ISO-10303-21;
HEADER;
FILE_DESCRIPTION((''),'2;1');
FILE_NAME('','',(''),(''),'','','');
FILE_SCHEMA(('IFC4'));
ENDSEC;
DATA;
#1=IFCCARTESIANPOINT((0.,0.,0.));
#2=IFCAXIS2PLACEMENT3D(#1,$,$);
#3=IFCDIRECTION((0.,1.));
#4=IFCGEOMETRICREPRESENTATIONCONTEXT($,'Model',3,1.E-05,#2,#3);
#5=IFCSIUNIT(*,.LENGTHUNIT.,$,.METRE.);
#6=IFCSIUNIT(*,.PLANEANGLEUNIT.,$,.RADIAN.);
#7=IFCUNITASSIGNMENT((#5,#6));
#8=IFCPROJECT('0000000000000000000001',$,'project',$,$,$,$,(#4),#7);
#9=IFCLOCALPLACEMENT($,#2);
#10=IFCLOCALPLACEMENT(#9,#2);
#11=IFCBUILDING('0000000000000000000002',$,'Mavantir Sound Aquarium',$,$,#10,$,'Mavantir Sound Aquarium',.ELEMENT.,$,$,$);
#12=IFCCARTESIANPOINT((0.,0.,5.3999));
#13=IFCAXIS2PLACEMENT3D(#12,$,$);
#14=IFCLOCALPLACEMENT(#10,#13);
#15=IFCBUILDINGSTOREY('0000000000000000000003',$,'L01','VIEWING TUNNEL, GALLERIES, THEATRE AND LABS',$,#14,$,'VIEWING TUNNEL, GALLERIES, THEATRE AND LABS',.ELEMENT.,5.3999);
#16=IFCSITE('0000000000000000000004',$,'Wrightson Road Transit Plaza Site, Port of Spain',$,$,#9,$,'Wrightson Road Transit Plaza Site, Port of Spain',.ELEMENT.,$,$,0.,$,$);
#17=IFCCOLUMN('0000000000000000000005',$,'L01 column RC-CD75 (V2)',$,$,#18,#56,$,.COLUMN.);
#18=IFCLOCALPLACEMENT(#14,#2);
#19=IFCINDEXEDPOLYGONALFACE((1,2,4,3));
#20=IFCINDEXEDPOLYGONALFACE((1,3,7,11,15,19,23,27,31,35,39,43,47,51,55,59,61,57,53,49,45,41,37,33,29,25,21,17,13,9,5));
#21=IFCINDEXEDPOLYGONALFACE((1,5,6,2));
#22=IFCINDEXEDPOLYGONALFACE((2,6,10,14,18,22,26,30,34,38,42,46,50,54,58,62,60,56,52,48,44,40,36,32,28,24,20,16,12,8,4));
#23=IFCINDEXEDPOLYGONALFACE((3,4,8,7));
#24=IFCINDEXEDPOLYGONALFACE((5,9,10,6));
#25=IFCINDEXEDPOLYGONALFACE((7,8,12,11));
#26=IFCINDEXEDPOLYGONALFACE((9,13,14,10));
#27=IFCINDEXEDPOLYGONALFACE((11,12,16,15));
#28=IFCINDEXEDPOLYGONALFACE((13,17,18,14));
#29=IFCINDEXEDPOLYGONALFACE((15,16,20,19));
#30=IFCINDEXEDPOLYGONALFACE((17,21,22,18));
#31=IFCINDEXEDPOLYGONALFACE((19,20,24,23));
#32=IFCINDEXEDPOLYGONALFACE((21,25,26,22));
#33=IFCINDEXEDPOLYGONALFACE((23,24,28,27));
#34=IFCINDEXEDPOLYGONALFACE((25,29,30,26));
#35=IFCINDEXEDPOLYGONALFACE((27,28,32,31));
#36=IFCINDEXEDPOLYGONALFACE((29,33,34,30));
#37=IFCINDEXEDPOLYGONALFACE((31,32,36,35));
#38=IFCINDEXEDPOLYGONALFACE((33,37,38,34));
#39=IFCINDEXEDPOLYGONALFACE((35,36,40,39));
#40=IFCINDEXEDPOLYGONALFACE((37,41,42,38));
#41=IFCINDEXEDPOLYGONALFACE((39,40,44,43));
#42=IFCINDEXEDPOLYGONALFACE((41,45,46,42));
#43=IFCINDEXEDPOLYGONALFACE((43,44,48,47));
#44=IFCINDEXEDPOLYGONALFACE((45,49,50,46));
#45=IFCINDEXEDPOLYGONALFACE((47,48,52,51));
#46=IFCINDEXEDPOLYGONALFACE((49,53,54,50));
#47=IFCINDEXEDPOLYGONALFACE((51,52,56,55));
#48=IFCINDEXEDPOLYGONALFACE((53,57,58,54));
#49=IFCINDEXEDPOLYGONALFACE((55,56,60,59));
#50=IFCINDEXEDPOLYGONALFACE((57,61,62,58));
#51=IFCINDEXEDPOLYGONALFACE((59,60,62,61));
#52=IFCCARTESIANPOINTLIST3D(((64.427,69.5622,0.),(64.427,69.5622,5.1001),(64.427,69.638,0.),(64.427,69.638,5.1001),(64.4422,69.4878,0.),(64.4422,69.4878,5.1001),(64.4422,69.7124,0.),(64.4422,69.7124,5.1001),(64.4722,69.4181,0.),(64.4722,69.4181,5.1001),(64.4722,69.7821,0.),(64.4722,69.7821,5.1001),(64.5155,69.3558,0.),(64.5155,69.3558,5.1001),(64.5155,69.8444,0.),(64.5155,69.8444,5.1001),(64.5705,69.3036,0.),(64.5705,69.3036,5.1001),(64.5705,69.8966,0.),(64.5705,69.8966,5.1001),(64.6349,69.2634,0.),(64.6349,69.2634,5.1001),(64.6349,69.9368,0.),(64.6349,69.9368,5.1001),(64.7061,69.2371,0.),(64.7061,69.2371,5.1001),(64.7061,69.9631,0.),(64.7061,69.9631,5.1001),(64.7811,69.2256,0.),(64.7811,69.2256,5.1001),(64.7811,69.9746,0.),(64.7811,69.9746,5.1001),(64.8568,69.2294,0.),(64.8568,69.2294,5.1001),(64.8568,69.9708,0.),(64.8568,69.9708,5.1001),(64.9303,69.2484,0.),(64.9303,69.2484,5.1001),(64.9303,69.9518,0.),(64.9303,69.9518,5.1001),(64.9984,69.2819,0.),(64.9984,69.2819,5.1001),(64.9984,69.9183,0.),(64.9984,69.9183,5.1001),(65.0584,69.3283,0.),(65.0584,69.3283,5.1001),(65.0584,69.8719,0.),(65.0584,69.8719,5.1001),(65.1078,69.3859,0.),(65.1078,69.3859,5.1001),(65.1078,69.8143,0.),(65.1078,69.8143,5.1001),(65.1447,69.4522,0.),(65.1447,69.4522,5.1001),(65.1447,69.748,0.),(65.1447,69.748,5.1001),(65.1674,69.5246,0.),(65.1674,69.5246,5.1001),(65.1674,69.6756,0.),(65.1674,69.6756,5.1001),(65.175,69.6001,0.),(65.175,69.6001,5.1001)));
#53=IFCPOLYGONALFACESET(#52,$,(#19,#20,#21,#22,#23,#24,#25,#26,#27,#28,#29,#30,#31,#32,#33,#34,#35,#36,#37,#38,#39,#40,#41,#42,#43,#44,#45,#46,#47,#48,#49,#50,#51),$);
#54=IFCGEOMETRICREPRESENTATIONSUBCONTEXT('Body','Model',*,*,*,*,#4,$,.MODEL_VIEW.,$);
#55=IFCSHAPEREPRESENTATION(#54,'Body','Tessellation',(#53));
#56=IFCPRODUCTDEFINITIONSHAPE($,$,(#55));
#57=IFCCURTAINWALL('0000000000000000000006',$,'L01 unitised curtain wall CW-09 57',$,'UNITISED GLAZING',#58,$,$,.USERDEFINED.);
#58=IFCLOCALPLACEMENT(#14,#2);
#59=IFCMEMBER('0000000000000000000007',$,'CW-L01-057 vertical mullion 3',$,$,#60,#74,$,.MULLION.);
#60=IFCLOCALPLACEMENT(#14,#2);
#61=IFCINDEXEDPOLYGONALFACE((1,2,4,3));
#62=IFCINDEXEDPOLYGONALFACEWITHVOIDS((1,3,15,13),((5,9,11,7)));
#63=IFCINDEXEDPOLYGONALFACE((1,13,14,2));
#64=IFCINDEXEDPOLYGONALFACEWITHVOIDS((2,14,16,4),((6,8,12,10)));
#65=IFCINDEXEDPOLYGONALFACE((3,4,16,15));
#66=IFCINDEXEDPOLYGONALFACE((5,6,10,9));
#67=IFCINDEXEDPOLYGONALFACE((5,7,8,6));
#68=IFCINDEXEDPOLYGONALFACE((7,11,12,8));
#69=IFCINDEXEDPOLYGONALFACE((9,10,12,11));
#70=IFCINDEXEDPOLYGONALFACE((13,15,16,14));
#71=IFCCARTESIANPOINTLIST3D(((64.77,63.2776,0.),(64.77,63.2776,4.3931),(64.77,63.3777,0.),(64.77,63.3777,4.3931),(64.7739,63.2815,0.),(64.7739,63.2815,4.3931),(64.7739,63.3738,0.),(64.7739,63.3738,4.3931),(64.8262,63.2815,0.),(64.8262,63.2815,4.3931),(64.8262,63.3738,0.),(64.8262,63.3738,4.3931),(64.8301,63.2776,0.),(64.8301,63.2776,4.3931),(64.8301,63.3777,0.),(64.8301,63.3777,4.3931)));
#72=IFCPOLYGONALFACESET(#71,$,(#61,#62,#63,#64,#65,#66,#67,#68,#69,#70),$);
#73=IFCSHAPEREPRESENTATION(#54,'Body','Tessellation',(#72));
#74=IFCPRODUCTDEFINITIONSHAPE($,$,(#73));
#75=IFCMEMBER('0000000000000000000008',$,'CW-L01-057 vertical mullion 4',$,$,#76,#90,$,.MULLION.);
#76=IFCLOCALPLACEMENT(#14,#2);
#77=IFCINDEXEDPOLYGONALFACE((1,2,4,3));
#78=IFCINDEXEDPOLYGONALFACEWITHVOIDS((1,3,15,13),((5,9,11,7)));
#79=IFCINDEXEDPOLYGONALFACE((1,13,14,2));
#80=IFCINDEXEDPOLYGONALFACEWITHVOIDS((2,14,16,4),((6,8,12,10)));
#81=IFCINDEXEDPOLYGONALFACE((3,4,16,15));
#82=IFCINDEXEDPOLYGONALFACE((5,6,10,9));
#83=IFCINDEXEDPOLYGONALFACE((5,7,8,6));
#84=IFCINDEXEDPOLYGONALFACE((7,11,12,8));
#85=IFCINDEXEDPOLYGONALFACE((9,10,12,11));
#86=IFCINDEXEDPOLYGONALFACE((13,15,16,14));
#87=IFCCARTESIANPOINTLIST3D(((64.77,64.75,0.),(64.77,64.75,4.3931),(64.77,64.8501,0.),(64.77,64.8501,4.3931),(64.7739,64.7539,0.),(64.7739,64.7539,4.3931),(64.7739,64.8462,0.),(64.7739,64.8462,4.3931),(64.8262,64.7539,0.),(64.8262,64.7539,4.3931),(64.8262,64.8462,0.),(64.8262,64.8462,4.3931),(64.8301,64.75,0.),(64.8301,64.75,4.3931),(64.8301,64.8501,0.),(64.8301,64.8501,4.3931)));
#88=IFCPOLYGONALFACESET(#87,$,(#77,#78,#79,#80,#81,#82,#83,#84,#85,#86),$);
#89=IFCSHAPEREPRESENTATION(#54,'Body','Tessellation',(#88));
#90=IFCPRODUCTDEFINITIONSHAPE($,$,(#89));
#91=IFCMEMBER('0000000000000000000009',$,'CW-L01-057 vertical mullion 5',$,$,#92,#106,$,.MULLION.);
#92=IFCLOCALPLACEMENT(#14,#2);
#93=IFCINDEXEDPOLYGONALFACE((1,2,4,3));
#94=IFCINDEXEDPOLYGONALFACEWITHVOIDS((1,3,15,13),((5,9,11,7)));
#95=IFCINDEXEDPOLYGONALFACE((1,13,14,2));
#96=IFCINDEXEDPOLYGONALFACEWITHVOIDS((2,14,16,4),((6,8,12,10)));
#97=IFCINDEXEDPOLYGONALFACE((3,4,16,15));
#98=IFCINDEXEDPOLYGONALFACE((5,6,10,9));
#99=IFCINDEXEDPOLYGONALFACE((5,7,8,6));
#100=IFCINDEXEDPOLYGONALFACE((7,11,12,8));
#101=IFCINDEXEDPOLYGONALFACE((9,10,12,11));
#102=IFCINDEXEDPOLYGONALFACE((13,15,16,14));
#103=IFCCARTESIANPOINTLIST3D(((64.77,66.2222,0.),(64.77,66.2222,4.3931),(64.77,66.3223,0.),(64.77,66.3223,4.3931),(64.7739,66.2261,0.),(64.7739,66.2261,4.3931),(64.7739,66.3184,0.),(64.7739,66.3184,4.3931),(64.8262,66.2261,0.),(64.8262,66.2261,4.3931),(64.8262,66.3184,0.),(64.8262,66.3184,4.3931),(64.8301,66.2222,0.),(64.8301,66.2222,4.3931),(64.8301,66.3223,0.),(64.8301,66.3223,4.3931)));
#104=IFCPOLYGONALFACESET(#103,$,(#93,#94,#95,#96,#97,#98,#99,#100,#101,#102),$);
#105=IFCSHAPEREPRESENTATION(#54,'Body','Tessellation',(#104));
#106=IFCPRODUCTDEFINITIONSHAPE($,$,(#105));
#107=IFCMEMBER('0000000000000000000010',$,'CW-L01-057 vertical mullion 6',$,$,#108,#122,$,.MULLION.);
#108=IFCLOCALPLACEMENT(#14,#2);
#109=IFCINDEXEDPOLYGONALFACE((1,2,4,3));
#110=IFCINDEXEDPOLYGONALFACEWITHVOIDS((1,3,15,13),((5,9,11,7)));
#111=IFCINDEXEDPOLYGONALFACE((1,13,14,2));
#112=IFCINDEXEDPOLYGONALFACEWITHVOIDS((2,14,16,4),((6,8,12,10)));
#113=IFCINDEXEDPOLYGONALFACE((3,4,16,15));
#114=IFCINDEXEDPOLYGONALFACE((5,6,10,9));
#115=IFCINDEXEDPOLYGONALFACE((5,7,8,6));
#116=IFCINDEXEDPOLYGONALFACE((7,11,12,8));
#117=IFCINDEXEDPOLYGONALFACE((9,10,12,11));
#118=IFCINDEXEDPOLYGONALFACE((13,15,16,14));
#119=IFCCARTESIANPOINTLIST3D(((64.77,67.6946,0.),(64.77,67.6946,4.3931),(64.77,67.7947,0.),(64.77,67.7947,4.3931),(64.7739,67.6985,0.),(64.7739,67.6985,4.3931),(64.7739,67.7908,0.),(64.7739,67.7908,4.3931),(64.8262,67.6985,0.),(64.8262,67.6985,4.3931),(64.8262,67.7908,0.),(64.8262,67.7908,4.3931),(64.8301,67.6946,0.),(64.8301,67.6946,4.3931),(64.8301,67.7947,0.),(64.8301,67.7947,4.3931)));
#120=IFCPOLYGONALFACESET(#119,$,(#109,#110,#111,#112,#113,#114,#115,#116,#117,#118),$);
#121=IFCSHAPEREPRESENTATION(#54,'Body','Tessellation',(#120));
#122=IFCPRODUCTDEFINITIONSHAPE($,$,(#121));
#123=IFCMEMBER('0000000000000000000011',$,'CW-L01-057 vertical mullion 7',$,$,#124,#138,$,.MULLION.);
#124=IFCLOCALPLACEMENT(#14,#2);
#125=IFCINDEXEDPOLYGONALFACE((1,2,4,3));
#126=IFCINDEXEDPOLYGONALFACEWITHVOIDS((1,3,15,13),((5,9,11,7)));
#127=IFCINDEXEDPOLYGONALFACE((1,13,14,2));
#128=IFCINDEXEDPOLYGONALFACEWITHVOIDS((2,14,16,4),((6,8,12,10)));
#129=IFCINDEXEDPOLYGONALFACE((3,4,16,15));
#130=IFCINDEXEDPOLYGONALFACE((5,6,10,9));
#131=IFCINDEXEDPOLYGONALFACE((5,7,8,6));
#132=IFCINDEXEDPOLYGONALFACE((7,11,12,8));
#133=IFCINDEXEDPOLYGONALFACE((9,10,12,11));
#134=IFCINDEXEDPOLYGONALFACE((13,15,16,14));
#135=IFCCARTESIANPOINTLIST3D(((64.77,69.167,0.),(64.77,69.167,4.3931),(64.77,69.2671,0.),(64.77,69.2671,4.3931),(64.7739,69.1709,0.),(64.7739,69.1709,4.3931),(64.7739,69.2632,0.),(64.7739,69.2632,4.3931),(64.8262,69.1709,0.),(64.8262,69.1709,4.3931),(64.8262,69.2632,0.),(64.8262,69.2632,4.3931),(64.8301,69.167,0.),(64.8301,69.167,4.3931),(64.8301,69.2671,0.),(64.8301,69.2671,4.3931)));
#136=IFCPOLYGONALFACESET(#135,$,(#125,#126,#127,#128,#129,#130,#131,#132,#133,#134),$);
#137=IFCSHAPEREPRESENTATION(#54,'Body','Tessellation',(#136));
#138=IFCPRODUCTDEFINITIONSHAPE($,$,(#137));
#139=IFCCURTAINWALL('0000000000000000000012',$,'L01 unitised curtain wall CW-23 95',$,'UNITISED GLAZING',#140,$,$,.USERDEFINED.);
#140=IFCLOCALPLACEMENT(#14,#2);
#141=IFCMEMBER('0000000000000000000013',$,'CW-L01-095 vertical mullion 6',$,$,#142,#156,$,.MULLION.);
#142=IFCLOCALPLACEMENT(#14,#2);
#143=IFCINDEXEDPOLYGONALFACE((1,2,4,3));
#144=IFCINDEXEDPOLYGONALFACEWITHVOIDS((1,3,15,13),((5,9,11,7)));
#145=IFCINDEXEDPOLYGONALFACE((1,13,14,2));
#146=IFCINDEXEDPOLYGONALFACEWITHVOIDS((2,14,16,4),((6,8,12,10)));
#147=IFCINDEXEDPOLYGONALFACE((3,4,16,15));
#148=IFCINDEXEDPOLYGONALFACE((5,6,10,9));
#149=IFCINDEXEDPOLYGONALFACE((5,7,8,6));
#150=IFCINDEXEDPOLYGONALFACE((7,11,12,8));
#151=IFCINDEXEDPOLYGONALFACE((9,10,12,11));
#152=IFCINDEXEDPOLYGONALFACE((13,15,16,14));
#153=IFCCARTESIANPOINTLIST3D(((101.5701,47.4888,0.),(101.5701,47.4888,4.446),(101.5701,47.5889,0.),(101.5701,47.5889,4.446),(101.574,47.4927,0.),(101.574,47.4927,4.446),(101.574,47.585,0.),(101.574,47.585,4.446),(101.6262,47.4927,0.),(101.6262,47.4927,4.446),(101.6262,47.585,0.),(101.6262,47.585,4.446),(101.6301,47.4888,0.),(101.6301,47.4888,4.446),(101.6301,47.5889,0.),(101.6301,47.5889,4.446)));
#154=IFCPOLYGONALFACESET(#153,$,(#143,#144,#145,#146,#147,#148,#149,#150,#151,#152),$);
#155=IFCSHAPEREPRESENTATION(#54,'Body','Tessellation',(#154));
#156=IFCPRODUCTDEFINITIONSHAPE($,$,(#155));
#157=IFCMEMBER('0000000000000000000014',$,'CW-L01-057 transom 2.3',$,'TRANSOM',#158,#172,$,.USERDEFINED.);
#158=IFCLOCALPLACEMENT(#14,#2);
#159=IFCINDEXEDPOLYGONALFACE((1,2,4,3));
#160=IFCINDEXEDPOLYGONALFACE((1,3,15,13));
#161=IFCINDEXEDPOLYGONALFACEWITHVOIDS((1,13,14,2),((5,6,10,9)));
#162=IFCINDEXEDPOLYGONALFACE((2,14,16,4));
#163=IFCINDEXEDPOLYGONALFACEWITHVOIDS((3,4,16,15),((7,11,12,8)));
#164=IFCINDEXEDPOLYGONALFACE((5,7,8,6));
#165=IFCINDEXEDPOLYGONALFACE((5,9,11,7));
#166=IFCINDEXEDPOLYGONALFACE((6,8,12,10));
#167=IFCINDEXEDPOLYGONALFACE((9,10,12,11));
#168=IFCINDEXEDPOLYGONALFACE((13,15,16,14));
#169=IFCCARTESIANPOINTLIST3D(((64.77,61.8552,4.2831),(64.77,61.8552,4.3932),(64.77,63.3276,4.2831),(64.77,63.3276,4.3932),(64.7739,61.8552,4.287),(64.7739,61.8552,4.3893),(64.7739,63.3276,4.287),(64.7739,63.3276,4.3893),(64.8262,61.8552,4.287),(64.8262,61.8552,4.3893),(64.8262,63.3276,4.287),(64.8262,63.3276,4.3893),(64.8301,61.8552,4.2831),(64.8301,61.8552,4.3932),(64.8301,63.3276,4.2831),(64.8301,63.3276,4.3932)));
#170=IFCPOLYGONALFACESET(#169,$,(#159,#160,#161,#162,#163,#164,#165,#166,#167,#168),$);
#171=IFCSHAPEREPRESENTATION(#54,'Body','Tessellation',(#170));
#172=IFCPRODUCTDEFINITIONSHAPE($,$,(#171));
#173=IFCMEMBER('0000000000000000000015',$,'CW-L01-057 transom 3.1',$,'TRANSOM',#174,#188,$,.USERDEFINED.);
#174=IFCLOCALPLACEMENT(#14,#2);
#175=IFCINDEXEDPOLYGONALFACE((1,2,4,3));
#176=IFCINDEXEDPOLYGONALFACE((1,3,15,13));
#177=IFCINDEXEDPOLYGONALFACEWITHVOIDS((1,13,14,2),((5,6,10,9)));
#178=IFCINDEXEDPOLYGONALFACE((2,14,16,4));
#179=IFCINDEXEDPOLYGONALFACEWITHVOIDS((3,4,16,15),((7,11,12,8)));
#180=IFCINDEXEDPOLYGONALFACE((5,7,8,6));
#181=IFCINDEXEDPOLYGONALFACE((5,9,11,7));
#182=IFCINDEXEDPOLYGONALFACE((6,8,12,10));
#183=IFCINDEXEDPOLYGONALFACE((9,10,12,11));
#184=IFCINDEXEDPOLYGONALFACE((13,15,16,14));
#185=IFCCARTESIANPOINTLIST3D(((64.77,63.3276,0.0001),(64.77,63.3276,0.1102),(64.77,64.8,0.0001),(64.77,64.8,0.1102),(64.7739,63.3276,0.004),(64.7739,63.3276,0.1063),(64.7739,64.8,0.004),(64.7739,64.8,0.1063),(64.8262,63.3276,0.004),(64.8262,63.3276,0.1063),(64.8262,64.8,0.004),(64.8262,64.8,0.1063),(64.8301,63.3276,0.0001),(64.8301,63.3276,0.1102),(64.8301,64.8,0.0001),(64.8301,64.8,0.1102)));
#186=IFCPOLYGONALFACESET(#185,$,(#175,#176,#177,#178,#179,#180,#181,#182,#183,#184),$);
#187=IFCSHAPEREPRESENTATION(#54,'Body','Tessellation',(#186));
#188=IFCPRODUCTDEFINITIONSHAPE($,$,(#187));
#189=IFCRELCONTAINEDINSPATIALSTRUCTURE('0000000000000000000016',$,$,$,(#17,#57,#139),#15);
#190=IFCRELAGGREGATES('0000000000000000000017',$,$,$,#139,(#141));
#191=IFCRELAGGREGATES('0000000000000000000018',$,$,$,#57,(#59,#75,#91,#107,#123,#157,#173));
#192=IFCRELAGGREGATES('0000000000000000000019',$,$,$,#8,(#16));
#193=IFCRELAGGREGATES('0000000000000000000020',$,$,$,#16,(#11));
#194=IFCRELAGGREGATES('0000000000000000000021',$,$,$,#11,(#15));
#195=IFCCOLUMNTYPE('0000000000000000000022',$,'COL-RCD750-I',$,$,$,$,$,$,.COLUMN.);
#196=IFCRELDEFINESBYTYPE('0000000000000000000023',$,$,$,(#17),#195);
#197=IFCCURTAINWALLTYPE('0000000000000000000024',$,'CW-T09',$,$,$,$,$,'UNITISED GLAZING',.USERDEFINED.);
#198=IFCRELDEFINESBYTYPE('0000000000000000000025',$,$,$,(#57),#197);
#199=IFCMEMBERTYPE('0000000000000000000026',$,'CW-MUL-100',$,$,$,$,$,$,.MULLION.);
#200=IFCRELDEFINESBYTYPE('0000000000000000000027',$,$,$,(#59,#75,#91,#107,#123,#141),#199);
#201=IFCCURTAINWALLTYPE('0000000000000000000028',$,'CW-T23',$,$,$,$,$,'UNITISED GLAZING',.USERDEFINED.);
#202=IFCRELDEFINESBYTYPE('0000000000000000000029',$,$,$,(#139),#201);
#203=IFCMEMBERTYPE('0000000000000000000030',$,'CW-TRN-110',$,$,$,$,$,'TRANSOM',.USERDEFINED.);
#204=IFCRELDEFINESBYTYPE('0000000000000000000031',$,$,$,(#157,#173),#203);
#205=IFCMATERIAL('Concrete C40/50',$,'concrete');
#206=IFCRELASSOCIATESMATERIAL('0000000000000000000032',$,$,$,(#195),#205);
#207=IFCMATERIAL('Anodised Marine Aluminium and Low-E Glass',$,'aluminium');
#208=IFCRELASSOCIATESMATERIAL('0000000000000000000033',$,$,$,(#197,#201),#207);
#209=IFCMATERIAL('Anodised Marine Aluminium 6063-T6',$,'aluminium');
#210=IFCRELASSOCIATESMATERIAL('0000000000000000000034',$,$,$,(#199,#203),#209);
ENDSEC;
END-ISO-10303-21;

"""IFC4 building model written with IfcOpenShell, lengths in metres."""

from ifc_helpers import new_model, si_unit, direction, frame, origin, origin_2d, place, context, subcontext, project, spatial, hollow_rectangle, circle, extrude, material, material_profile, profile_set, type_object, element, aggregate, save


model = new_model("IFC4")

# Units and contexts
model_context = context("Model", 3, precision=1e-05, world=origin(), true_north=direction((0.0, 1.0)))
body_context = subcontext(model_context, "Body", "Model", "MODEL_VIEW")
ifc_project = project(units=[si_unit("LENGTHUNIT", "METRE"), si_unit("PLANEANGLEUNIT", "RADIAN")], contexts=[model_context])

# Site, building, storey
site_placement = place(None, origin())
site = spatial("IfcSite", under=ifc_project, at=site_placement, Name="Wrightson Road Transit Plaza Site, Port of Spain", LongName="Wrightson Road Transit Plaza Site, Port of Spain", CompositionType="ELEMENT", RefElevation=0.0)
building_placement = place(site_placement, origin())
building = spatial("IfcBuilding", under=site, at=building_placement, Name="Mavantir Sound Aquarium", LongName="Mavantir Sound Aquarium", CompositionType="ELEMENT")
storey_placement = place(building_placement, frame((0.0, 0.0, 5.3999)))
storey = spatial("IfcBuildingStorey", under=building, at=storey_placement, Name="L01", Description="VIEWING TUNNEL, GALLERIES, THEATRE AND LABS", LongName="VIEWING TUNNEL, GALLERIES, THEATRE AND LABS", CompositionType="ELEMENT", Elevation=5.3999)

# Column
ifc_material_1 = material(Name="Concrete C40/50", Category="concrete")
ifc_material_profile_1 = material_profile(ifc_material_1, circle(Radius=0.375, at=origin_2d()), Name="RC D750")
ifc_profile_set_1 = profile_set([ifc_material_profile_1], Name="Concrete C40/50")
column_type = type_object("IfcColumnType", Name="COL-RCD750-I", PredefinedType="COLUMN", material=ifc_profile_set_1)
column_placement = place(storey_placement, frame((64.8, 69.6001, 0.0), z_axis=(0.0, 0.0, 1.0), x_axis=(1.0, 0.0, 0.0)))
element("IfcColumn", 1, at=column_placement, inside=storey, type_object=column_type, Name="L01 column RC-CD75 (V2)", PredefinedType="COLUMN", context=body_context, shape_type="SweptSolid", body=[
    extrude(circle(Radius=0.375, at=origin_2d()), origin(), (0.0, 0.0, 1.0), 5.1001),
])

# Curtain wall, members
ifc_material_2 = material(Name="Anodised Marine Aluminium and Low-E Glass", Category="aluminium")
curtain_wall_type_1 = type_object("IfcCurtainWallType", Name="CW-T09", ElementType="UNITISED GLAZING", PredefinedType="USERDEFINED", material=ifc_material_2)
curtain_wall_1_placement = place(storey_placement, origin())
curtain_wall_1 = element("IfcCurtainWall", 2, at=curtain_wall_1_placement, inside=storey, type_object=curtain_wall_type_1, Name="L01 unitised curtain wall CW-09 57", ObjectType="UNITISED GLAZING", PredefinedType="USERDEFINED")
ifc_material_3 = material(Name="Anodised Marine Aluminium 6063-T6", Category="aluminium")
ifc_material_profile_2 = material_profile(ifc_material_3, hollow_rectangle(XDim=0.0601, YDim=0.1001, WallThickness=0.0039, at=origin_2d()), Name="ALU-MULLION-100X60")
ifc_profile_set_2 = profile_set([ifc_material_profile_2], Name="Anodised Marine Aluminium 6063-T6")
member_type_1 = type_object("IfcMemberType", Name="CW-MUL-100", PredefinedType="MULLION", material=ifc_profile_set_2)
member_1_placement = place(storey_placement, frame((64.8, 63.3276, 0.0), z_axis=(0.0, 0.0, 1.0), x_axis=(1.0, 0.0, 0.0)))
member_1 = element("IfcMember", 3, at=member_1_placement, type_object=member_type_1, Name="CW-L01-057 vertical mullion 3", PredefinedType="MULLION", context=body_context, shape_type="SweptSolid", body=[
    extrude(hollow_rectangle(XDim=0.0601, YDim=0.1001, WallThickness=0.0039, at=origin_2d()), origin(), (0.0, 0.0, 1.0), 4.3931),
])
member_2_placement = place(storey_placement, frame((64.8, 64.8, 0.0), z_axis=(0.0, 0.0, 1.0), x_axis=(1.0, 0.0, 0.0)))
member_2 = element("IfcMember", 4, at=member_2_placement, type_object=member_type_1, Name="CW-L01-057 vertical mullion 4", PredefinedType="MULLION", context=body_context, shape_type="SweptSolid", body=[
    extrude(hollow_rectangle(XDim=0.0601, YDim=0.1001, WallThickness=0.0039, at=origin_2d()), origin(), (0.0, 0.0, 1.0), 4.3931),
])
member_3_placement = place(storey_placement, frame((64.8, 66.2722, 0.0), z_axis=(0.0, 0.0, 1.0), x_axis=(1.0, 0.0, 0.0)))
member_3 = element("IfcMember", 5, at=member_3_placement, type_object=member_type_1, Name="CW-L01-057 vertical mullion 5", PredefinedType="MULLION", context=body_context, shape_type="SweptSolid", body=[
    extrude(hollow_rectangle(XDim=0.0601, YDim=0.1001, WallThickness=0.0039, at=origin_2d()), origin(), (0.0, 0.0, 1.0), 4.3931),
])
member_4_placement = place(storey_placement, frame((64.8, 67.7446, 0.0), z_axis=(0.0, 0.0, 1.0), x_axis=(1.0, 0.0, 0.0)))
member_4 = element("IfcMember", 6, at=member_4_placement, type_object=member_type_1, Name="CW-L01-057 vertical mullion 6", PredefinedType="MULLION", context=body_context, shape_type="SweptSolid", body=[
    extrude(hollow_rectangle(XDim=0.0601, YDim=0.1001, WallThickness=0.0039, at=origin_2d()), origin(), (0.0, 0.0, 1.0), 4.3931),
])
member_5_placement = place(storey_placement, frame((64.8, 69.217, 0.0), z_axis=(0.0, 0.0, 1.0), x_axis=(1.0, 0.0, 0.0)))
member_5 = element("IfcMember", 7, at=member_5_placement, type_object=member_type_1, Name="CW-L01-057 vertical mullion 7", PredefinedType="MULLION", context=body_context, shape_type="SweptSolid", body=[
    extrude(hollow_rectangle(XDim=0.0601, YDim=0.1001, WallThickness=0.0039, at=origin_2d()), origin(), (0.0, 0.0, 1.0), 4.3931),
])

# Curtain wall, member
curtain_wall_type_2 = type_object("IfcCurtainWallType", Name="CW-T23", ElementType="UNITISED GLAZING", PredefinedType="USERDEFINED", material=ifc_material_2)
curtain_wall_2_placement = place(storey_placement, origin())
curtain_wall_2 = element("IfcCurtainWall", 8, at=curtain_wall_2_placement, inside=storey, type_object=curtain_wall_type_2, Name="L01 unitised curtain wall CW-23 95", ObjectType="UNITISED GLAZING", PredefinedType="USERDEFINED")
member_6_placement = place(storey_placement, frame((101.6001, 47.5388, 0.0), z_axis=(0.0, 0.0, 1.0), x_axis=(1.0, 0.0, 0.0)))
member_6 = element("IfcMember", 9, at=member_6_placement, type_object=member_type_1, Name="CW-L01-095 vertical mullion 6", PredefinedType="MULLION", context=body_context, shape_type="SweptSolid", body=[
    extrude(hollow_rectangle(XDim=0.0601, YDim=0.1001, WallThickness=0.0039, at=origin_2d()), origin(), (0.0, 0.0, 1.0), 4.446),
])
aggregate(curtain_wall_2, [member_6])

# Members
ifc_material_profile_3 = material_profile(ifc_material_3, hollow_rectangle(XDim=0.0601, YDim=0.1101, WallThickness=0.0039, at=origin_2d()), Name="ALU-TRANSOM-110X60")
ifc_profile_set_3 = profile_set([ifc_material_profile_3], Name="Anodised Marine Aluminium 6063-T6")
member_type_2 = type_object("IfcMemberType", Name="CW-TRN-110", ElementType="TRANSOM", PredefinedType="USERDEFINED", material=ifc_profile_set_3)
member_7_placement = place(storey_placement, frame((64.8, 61.8552, 4.3381), z_axis=(0.0, 1.0, 0.0), x_axis=(-1.0, 0.0, 0.0)))
member_7 = element("IfcMember", 10, at=member_7_placement, type_object=member_type_2, Name="CW-L01-057 transom 2.3", ObjectType="TRANSOM", PredefinedType="USERDEFINED", context=body_context, shape_type="SweptSolid", body=[
    extrude(hollow_rectangle(XDim=0.0601, YDim=0.1101, WallThickness=0.0039, at=origin_2d()), origin(), (0.0, 0.0, 1.0), 1.4724),
])
member_8_placement = place(storey_placement, frame((64.8, 63.3276, 0.0552), z_axis=(0.0, 1.0, 0.0), x_axis=(-1.0, 0.0, 0.0)))
member_8 = element("IfcMember", 11, at=member_8_placement, type_object=member_type_2, Name="CW-L01-057 transom 3.1", ObjectType="TRANSOM", PredefinedType="USERDEFINED", context=body_context, shape_type="SweptSolid", body=[
    extrude(hollow_rectangle(XDim=0.0601, YDim=0.1101, WallThickness=0.0039, at=origin_2d()), origin(), (0.0, 0.0, 1.0), 1.4724),
])

aggregate(curtain_wall_1, [member_1, member_2, member_3, member_4, member_5, member_7, member_8])

save(model, "model.ifc")
